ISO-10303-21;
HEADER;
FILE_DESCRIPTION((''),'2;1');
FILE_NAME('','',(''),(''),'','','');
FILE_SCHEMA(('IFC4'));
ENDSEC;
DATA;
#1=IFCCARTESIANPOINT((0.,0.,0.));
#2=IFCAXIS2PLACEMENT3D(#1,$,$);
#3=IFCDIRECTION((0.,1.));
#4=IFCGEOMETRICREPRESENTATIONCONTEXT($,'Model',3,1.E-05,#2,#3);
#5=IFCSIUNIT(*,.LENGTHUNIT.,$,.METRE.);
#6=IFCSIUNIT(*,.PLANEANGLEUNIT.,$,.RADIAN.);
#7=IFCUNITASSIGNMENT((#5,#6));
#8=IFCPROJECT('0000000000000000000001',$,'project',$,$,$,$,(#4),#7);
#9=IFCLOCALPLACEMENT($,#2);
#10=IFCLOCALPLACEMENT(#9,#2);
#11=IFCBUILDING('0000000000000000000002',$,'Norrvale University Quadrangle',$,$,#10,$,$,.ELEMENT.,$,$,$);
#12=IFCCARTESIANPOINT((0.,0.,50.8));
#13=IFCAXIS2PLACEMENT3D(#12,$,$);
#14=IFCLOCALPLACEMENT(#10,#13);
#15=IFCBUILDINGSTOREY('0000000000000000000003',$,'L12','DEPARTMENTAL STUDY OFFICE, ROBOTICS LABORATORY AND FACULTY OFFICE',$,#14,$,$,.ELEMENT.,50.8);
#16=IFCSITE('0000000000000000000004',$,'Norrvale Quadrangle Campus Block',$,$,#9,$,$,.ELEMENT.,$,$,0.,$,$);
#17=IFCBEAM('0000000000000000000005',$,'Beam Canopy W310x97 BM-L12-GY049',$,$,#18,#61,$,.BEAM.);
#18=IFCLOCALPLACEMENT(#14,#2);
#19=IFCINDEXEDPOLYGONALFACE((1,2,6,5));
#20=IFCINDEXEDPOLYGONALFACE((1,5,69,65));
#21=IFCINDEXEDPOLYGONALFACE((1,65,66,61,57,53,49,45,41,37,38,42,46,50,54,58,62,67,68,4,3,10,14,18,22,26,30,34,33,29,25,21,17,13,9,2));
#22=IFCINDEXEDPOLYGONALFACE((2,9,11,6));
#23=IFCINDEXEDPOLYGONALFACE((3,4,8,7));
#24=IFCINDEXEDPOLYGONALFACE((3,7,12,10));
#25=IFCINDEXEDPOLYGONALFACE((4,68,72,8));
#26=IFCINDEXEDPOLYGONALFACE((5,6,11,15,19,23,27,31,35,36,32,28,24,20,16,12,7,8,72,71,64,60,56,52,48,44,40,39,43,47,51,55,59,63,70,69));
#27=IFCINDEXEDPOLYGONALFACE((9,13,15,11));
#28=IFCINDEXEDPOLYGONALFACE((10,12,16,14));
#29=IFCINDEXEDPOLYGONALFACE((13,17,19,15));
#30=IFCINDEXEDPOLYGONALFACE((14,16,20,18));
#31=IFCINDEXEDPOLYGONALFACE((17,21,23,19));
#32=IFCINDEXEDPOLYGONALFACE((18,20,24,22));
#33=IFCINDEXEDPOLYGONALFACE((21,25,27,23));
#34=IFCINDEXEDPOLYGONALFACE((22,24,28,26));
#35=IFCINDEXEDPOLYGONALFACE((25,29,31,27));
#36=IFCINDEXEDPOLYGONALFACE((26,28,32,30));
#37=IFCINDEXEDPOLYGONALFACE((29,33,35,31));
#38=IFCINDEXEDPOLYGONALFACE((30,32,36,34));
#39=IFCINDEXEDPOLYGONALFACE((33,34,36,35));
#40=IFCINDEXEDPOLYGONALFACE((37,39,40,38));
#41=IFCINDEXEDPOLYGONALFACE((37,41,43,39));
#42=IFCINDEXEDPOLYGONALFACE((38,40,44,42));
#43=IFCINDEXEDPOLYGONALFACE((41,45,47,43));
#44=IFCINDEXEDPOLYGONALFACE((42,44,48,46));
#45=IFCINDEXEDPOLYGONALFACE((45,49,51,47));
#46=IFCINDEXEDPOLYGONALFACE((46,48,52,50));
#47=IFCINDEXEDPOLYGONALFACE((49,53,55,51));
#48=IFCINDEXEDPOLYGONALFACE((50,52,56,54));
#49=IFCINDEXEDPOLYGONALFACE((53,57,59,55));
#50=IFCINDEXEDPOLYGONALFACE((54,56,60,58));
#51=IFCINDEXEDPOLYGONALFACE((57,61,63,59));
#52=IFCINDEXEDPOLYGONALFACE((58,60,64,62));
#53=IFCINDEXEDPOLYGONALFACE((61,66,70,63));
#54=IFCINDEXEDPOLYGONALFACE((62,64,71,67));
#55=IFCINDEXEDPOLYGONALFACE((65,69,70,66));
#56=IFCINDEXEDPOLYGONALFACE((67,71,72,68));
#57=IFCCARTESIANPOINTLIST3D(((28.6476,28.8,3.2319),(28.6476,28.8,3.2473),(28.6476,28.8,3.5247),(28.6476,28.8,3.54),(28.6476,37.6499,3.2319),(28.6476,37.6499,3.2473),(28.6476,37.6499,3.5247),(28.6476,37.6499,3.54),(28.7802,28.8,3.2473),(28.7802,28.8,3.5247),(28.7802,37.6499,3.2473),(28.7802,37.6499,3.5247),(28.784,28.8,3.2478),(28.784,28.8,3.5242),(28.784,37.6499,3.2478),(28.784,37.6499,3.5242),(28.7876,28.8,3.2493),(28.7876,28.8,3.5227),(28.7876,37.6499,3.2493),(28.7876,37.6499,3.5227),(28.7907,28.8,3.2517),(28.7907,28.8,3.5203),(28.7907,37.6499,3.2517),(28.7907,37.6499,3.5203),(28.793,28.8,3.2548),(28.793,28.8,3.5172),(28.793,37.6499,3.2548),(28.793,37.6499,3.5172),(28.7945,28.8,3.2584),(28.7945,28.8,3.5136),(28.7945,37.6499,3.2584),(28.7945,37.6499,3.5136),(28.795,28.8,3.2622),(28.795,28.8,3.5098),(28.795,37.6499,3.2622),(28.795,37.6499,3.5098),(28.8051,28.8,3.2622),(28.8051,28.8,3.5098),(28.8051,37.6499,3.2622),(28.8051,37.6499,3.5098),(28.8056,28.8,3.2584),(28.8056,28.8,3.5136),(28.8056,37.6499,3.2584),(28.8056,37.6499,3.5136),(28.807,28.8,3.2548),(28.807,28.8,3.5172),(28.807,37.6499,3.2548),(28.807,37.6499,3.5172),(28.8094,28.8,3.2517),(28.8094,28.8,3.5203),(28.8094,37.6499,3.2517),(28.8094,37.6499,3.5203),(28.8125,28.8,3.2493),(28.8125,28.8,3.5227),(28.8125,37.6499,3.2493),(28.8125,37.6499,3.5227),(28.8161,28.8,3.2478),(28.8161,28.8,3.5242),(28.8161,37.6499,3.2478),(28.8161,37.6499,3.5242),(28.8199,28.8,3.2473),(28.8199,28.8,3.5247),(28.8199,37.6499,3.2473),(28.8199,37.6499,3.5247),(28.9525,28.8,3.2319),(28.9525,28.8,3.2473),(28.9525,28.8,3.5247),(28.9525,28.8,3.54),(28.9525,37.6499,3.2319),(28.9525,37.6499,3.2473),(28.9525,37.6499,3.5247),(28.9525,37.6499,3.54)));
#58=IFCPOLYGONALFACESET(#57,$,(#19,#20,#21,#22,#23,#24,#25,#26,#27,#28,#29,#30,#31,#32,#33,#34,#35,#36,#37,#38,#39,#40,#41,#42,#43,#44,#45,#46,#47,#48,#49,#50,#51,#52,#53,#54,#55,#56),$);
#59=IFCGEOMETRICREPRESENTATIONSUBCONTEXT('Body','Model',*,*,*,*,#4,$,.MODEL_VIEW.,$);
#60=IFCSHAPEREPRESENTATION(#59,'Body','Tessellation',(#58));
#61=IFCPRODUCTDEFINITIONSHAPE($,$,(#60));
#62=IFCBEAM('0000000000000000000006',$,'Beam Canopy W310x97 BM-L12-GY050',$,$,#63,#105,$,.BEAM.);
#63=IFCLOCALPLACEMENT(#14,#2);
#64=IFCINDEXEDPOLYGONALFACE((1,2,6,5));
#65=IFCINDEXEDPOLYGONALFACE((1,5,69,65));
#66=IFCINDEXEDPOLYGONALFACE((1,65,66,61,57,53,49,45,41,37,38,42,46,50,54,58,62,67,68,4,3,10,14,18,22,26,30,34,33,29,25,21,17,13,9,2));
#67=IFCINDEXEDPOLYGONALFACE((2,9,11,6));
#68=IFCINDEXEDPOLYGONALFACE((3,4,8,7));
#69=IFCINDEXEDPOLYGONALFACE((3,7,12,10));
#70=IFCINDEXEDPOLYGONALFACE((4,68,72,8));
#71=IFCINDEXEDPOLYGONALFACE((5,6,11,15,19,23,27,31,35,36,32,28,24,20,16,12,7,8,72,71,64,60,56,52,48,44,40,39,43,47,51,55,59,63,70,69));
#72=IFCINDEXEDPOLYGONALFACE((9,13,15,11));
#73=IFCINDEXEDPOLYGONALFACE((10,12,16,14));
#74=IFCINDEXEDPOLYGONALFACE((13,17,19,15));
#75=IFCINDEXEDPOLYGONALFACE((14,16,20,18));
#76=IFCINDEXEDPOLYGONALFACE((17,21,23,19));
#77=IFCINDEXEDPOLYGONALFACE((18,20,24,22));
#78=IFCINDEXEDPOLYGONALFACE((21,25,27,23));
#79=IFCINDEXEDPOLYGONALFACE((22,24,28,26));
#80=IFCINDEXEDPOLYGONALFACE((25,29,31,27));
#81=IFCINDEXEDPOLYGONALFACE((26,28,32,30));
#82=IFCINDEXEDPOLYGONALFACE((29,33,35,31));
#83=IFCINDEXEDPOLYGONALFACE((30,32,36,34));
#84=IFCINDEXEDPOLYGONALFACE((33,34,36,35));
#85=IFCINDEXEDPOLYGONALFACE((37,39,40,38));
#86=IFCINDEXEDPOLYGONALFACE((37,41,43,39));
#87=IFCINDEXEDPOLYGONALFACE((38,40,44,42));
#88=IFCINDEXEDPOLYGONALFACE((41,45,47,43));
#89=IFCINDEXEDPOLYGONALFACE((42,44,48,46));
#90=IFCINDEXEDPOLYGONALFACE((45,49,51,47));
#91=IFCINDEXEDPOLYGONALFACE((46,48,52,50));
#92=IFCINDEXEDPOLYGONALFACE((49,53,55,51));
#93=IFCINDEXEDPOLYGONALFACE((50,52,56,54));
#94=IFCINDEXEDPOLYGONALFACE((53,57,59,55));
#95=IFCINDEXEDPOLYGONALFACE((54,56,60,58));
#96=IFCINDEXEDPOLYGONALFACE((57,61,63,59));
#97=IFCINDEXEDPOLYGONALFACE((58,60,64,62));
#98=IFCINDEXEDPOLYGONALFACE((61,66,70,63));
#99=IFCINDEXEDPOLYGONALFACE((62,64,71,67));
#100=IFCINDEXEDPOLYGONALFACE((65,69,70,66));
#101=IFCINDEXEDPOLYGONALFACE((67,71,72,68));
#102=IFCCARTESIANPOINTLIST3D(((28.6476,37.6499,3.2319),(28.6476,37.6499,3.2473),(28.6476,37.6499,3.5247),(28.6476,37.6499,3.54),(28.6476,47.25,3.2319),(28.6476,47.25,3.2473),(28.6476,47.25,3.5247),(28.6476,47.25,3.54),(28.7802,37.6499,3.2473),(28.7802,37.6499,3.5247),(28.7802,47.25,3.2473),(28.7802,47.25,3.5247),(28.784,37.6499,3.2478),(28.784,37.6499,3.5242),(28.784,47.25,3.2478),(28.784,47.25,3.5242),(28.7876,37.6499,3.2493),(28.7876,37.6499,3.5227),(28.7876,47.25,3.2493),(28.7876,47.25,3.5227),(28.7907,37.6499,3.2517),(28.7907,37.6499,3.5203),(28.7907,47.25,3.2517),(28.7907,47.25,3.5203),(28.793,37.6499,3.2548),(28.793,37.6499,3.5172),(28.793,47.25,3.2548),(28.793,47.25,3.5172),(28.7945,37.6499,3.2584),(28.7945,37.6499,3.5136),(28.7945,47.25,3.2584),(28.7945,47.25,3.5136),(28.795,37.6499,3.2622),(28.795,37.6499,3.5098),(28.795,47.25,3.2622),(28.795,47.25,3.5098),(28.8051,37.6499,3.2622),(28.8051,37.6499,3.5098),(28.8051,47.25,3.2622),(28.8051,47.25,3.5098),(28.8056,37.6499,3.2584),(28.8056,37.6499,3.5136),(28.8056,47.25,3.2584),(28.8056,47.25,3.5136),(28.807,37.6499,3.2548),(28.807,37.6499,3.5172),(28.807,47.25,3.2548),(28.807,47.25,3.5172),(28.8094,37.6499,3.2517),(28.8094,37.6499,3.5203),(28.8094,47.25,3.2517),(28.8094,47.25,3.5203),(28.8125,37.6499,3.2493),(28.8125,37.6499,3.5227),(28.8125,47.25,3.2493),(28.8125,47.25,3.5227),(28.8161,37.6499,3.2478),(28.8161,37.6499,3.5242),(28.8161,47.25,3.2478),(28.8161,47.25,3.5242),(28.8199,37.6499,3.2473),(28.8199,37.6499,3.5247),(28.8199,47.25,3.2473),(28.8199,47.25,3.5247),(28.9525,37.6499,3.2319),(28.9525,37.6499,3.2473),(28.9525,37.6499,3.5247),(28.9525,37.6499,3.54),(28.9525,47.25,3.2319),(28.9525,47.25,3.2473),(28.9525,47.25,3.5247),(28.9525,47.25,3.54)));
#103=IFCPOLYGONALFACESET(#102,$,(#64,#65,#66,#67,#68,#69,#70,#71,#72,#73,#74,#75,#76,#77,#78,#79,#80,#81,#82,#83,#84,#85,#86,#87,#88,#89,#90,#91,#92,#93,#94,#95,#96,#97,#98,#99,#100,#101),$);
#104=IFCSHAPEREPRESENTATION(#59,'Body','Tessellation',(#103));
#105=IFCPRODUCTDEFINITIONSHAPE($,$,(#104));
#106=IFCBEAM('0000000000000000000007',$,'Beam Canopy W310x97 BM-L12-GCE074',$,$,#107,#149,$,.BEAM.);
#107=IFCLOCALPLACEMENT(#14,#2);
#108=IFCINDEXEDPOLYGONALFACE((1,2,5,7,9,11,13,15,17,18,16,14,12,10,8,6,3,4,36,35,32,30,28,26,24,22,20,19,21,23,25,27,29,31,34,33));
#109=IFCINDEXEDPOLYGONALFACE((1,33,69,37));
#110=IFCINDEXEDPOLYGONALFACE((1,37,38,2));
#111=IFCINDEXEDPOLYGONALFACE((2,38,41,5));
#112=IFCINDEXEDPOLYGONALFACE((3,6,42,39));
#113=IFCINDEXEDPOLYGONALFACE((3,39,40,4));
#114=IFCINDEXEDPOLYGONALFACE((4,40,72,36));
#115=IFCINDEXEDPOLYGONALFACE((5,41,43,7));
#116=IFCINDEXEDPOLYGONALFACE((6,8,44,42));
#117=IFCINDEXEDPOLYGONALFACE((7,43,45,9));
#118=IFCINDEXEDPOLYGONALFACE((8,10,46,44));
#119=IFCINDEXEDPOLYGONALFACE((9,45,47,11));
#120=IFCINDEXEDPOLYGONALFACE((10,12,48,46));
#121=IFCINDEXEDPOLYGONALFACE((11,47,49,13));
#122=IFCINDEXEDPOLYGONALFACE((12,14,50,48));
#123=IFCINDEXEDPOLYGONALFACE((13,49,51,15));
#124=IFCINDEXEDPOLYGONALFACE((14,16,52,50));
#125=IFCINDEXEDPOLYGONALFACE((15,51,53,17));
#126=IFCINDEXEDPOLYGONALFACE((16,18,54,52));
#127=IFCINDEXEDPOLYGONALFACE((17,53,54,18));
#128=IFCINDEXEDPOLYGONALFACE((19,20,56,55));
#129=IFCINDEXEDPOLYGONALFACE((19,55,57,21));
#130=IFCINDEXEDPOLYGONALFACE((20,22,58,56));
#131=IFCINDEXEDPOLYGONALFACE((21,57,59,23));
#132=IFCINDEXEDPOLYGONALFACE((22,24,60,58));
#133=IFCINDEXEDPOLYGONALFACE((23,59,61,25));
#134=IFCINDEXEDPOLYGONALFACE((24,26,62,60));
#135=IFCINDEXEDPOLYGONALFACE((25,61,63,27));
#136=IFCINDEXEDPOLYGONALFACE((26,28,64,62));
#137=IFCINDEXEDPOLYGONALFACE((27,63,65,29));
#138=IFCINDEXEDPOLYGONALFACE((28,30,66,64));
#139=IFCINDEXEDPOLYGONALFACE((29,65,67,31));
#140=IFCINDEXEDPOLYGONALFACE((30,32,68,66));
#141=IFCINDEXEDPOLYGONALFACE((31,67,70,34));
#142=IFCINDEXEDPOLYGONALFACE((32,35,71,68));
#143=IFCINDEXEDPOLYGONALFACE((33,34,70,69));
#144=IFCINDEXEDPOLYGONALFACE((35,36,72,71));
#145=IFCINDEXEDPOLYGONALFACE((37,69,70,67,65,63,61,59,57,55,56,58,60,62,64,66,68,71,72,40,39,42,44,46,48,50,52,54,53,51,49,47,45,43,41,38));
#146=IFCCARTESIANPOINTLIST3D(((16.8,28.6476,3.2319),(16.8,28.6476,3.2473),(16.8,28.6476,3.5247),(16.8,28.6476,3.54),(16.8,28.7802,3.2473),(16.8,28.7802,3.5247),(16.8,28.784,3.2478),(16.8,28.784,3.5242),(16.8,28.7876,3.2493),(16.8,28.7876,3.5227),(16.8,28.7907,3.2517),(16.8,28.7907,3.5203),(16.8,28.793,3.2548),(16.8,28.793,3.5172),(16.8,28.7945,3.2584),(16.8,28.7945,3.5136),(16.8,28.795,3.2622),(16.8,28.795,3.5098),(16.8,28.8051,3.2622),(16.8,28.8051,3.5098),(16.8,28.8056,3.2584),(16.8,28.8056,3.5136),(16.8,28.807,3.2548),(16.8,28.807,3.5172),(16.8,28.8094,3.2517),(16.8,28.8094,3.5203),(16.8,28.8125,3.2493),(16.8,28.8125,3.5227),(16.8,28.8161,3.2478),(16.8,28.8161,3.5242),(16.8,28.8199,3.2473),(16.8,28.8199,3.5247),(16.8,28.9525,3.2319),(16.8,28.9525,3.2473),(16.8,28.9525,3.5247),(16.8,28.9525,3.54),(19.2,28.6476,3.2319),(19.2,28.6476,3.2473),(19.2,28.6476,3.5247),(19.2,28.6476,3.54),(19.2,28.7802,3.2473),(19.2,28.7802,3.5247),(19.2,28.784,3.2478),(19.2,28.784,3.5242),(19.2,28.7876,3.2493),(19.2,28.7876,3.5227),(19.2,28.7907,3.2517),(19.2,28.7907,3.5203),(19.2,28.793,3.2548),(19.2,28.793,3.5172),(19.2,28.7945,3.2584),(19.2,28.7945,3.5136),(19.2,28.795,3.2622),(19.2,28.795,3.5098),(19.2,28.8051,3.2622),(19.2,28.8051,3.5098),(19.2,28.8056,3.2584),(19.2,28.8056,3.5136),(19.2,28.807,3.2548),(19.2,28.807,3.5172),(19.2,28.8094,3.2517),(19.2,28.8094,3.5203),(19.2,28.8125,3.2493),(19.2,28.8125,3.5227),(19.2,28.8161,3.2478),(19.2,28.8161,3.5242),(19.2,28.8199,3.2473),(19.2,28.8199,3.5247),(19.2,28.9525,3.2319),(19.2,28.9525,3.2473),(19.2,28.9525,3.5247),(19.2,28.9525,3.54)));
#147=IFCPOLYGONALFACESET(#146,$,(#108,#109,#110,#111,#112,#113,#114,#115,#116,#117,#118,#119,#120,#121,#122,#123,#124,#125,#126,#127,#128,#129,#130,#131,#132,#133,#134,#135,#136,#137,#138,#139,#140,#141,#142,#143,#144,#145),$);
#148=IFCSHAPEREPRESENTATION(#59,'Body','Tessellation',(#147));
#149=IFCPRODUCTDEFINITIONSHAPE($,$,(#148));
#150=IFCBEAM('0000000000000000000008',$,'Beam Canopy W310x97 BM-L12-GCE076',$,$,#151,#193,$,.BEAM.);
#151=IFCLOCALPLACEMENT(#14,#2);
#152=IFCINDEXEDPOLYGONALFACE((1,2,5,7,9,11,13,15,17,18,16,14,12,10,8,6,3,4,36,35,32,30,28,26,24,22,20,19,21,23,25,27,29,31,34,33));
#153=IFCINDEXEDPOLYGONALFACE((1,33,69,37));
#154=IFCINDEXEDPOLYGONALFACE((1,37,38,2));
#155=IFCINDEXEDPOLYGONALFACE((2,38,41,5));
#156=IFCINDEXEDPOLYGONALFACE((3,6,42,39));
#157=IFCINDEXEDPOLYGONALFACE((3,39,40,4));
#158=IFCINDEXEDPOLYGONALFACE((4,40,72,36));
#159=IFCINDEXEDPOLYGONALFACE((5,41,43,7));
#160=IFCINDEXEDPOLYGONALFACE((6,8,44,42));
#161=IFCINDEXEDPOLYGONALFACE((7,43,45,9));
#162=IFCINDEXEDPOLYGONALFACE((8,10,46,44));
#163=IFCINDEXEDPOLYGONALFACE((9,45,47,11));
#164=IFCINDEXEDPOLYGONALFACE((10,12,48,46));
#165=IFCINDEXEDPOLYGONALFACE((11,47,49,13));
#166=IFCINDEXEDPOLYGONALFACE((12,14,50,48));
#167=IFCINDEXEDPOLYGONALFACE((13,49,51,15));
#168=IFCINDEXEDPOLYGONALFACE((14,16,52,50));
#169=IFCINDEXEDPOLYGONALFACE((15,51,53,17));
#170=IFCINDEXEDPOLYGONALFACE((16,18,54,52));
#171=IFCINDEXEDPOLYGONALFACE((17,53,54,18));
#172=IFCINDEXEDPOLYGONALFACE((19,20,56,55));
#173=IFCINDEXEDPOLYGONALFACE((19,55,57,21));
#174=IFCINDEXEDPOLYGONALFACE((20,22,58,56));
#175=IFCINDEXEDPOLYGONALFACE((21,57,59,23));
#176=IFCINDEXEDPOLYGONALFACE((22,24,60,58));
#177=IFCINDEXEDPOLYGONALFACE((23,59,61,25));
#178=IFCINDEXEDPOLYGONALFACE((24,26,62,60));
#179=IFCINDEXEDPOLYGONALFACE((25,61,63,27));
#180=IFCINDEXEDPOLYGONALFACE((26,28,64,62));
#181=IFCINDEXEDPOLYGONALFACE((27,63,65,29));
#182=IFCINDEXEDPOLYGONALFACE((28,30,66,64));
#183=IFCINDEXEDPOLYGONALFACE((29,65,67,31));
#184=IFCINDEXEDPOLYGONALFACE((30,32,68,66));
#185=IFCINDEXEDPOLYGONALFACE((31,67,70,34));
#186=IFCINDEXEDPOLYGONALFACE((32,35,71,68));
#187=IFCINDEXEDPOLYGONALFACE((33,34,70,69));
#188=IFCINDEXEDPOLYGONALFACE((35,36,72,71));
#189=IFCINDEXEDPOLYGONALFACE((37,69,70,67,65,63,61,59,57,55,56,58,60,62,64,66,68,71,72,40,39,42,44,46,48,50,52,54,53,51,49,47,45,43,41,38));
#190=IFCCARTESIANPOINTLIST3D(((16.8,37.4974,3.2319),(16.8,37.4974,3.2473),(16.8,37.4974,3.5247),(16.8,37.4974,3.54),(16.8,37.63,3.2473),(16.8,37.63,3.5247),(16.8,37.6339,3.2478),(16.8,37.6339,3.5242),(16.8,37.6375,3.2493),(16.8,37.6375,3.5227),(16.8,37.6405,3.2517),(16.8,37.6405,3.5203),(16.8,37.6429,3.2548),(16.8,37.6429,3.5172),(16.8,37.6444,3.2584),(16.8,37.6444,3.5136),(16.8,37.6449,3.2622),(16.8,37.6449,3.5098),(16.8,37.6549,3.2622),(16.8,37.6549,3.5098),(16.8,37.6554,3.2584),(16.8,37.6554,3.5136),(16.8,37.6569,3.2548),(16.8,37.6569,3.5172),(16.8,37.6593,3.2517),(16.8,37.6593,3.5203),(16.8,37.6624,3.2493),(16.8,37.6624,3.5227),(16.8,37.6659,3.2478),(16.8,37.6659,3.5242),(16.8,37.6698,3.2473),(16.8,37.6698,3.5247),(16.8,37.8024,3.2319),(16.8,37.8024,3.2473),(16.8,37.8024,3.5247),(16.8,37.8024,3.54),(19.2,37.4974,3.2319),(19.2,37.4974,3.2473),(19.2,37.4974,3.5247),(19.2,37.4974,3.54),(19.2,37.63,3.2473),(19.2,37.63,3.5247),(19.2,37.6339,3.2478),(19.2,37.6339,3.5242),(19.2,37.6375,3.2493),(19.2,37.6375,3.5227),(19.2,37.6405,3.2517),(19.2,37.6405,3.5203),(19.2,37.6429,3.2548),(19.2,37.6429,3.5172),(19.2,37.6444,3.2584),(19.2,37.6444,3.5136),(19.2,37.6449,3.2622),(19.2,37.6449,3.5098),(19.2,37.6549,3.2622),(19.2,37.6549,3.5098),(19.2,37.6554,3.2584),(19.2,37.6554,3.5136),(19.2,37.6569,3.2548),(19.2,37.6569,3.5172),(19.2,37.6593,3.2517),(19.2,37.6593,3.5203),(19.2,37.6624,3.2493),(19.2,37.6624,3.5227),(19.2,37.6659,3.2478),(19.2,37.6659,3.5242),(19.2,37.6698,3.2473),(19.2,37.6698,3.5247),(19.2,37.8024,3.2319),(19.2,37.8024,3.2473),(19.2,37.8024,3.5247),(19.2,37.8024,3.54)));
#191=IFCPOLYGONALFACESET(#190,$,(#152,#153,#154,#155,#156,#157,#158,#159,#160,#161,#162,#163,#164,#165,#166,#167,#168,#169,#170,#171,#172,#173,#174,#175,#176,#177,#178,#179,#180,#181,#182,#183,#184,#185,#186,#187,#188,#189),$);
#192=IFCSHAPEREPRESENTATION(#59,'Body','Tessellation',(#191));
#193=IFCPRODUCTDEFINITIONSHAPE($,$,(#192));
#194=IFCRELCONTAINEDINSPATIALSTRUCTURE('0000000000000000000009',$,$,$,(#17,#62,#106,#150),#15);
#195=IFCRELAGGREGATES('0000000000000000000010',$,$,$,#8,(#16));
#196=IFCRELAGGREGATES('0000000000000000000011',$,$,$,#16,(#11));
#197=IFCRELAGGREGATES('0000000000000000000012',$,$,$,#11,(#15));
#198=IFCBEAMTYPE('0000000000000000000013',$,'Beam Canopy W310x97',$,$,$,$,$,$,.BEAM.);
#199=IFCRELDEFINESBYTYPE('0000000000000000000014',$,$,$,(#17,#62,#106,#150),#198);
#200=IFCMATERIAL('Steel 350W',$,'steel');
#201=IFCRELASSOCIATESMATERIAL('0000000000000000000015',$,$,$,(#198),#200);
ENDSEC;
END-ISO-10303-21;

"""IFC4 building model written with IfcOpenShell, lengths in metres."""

from ifc_helpers import new_model, si_unit, direction, frame, origin, origin_2d, place, context, subcontext, project, spatial, i_section, extrude, material, material_profile, profile_set, type_object, element, save


model = new_model("IFC4")

# Units and contexts
model_context = context("Model", 3, precision=1e-05, world=origin(), true_north=direction((0.0, 1.0)))
body_context = subcontext(model_context, "Body", "Model", "MODEL_VIEW")
ifc_project = project(units=[si_unit("LENGTHUNIT", "METRE"), si_unit("PLANEANGLEUNIT", "RADIAN")], contexts=[model_context])

# Site, building, storey
site_placement = place(None, origin())
site = spatial("IfcSite", under=ifc_project, at=site_placement, Name="Norrvale Quadrangle Campus Block", CompositionType="ELEMENT", RefElevation=0.0)
building_placement = place(site_placement, origin())
building = spatial("IfcBuilding", under=site, at=building_placement, Name="Norrvale University Quadrangle", CompositionType="ELEMENT")
storey_placement = place(building_placement, frame((0.0, 0.0, 50.8)))
storey = spatial("IfcBuildingStorey", under=building, at=storey_placement, Name="L12", Description="DEPARTMENTAL STUDY OFFICE, ROBOTICS LABORATORY AND FACULTY OFFICE", CompositionType="ELEMENT", Elevation=50.8)

# Beams
ifc_material_1 = material(Name="Steel 350W", Category="steel")
ifc_material_profile_1 = material_profile(ifc_material_1, i_section(OverallWidth=0.3049, OverallDepth=0.3081, WebThickness=0.01, FlangeThickness=0.0154, FilletRadius=0.0149, at=origin_2d()), Name="Steel 350W")
ifc_profile_set_1 = profile_set([ifc_material_profile_1], Name="Steel 350W")
beam_type_1 = type_object("IfcBeamType", Name="Beam Canopy W310x97", PredefinedType="BEAM", material=ifc_profile_set_1)
beam_1_placement = place(storey_placement, frame((28.8, 28.8, 3.386), z_axis=(0.0, 1.0, 0.0), x_axis=(-1.0, 0.0, 0.0)))
element("IfcBeam", 1, at=beam_1_placement, inside=storey, type_object=beam_type_1, Name="Beam Canopy W310x97 BM-L12-GY049", PredefinedType="BEAM", context=body_context, shape_type="SweptSolid", body=[
    extrude(i_section(OverallWidth=0.3049, OverallDepth=0.3081, WebThickness=0.01, FlangeThickness=0.0154, FilletRadius=0.0149, at=origin_2d()), origin(), (0.0, 0.0, 1.0), 8.8499),
])
beam_2_placement = place(storey_placement, frame((28.8, 37.6499, 3.386), z_axis=(0.0, 1.0, 0.0), x_axis=(-1.0, 0.0, 0.0)))
element("IfcBeam", 2, at=beam_2_placement, inside=storey, type_object=beam_type_1, Name="Beam Canopy W310x97 BM-L12-GY050", PredefinedType="BEAM", context=body_context, shape_type="SweptSolid", body=[
    extrude(i_section(OverallWidth=0.3049, OverallDepth=0.3081, WebThickness=0.01, FlangeThickness=0.0154, FilletRadius=0.0149, at=origin_2d()), origin(), (0.0, 0.0, 1.0), 9.6001),
])
for number, where, z_axis, x_axis, name in (
    (3, (16.8, 28.8, 3.386), (1.0, 0.0, 0.0), (0.0, 1.0, 0.0), "Beam Canopy W310x97 BM-L12-GCE074"),
    (4, (16.8, 37.6499, 3.386), (1.0, 0.0, 0.0), (0.0, 1.0, 0.0), "Beam Canopy W310x97 BM-L12-GCE076"),
):
    element("IfcBeam", number, at=place(storey_placement, frame(where, z_axis=z_axis, x_axis=x_axis)), inside=storey, type_object=beam_type_1, Name=name, PredefinedType="BEAM", context=body_context, shape_type="SweptSolid", body=[
        extrude(i_section(OverallWidth=0.3049, OverallDepth=0.3081, WebThickness=0.01, FlangeThickness=0.0154, FilletRadius=0.0149, at=origin_2d()), origin(), (0.0, 0.0, 1.0), 2.3999),
    ])

save(model, "model.ifc")
